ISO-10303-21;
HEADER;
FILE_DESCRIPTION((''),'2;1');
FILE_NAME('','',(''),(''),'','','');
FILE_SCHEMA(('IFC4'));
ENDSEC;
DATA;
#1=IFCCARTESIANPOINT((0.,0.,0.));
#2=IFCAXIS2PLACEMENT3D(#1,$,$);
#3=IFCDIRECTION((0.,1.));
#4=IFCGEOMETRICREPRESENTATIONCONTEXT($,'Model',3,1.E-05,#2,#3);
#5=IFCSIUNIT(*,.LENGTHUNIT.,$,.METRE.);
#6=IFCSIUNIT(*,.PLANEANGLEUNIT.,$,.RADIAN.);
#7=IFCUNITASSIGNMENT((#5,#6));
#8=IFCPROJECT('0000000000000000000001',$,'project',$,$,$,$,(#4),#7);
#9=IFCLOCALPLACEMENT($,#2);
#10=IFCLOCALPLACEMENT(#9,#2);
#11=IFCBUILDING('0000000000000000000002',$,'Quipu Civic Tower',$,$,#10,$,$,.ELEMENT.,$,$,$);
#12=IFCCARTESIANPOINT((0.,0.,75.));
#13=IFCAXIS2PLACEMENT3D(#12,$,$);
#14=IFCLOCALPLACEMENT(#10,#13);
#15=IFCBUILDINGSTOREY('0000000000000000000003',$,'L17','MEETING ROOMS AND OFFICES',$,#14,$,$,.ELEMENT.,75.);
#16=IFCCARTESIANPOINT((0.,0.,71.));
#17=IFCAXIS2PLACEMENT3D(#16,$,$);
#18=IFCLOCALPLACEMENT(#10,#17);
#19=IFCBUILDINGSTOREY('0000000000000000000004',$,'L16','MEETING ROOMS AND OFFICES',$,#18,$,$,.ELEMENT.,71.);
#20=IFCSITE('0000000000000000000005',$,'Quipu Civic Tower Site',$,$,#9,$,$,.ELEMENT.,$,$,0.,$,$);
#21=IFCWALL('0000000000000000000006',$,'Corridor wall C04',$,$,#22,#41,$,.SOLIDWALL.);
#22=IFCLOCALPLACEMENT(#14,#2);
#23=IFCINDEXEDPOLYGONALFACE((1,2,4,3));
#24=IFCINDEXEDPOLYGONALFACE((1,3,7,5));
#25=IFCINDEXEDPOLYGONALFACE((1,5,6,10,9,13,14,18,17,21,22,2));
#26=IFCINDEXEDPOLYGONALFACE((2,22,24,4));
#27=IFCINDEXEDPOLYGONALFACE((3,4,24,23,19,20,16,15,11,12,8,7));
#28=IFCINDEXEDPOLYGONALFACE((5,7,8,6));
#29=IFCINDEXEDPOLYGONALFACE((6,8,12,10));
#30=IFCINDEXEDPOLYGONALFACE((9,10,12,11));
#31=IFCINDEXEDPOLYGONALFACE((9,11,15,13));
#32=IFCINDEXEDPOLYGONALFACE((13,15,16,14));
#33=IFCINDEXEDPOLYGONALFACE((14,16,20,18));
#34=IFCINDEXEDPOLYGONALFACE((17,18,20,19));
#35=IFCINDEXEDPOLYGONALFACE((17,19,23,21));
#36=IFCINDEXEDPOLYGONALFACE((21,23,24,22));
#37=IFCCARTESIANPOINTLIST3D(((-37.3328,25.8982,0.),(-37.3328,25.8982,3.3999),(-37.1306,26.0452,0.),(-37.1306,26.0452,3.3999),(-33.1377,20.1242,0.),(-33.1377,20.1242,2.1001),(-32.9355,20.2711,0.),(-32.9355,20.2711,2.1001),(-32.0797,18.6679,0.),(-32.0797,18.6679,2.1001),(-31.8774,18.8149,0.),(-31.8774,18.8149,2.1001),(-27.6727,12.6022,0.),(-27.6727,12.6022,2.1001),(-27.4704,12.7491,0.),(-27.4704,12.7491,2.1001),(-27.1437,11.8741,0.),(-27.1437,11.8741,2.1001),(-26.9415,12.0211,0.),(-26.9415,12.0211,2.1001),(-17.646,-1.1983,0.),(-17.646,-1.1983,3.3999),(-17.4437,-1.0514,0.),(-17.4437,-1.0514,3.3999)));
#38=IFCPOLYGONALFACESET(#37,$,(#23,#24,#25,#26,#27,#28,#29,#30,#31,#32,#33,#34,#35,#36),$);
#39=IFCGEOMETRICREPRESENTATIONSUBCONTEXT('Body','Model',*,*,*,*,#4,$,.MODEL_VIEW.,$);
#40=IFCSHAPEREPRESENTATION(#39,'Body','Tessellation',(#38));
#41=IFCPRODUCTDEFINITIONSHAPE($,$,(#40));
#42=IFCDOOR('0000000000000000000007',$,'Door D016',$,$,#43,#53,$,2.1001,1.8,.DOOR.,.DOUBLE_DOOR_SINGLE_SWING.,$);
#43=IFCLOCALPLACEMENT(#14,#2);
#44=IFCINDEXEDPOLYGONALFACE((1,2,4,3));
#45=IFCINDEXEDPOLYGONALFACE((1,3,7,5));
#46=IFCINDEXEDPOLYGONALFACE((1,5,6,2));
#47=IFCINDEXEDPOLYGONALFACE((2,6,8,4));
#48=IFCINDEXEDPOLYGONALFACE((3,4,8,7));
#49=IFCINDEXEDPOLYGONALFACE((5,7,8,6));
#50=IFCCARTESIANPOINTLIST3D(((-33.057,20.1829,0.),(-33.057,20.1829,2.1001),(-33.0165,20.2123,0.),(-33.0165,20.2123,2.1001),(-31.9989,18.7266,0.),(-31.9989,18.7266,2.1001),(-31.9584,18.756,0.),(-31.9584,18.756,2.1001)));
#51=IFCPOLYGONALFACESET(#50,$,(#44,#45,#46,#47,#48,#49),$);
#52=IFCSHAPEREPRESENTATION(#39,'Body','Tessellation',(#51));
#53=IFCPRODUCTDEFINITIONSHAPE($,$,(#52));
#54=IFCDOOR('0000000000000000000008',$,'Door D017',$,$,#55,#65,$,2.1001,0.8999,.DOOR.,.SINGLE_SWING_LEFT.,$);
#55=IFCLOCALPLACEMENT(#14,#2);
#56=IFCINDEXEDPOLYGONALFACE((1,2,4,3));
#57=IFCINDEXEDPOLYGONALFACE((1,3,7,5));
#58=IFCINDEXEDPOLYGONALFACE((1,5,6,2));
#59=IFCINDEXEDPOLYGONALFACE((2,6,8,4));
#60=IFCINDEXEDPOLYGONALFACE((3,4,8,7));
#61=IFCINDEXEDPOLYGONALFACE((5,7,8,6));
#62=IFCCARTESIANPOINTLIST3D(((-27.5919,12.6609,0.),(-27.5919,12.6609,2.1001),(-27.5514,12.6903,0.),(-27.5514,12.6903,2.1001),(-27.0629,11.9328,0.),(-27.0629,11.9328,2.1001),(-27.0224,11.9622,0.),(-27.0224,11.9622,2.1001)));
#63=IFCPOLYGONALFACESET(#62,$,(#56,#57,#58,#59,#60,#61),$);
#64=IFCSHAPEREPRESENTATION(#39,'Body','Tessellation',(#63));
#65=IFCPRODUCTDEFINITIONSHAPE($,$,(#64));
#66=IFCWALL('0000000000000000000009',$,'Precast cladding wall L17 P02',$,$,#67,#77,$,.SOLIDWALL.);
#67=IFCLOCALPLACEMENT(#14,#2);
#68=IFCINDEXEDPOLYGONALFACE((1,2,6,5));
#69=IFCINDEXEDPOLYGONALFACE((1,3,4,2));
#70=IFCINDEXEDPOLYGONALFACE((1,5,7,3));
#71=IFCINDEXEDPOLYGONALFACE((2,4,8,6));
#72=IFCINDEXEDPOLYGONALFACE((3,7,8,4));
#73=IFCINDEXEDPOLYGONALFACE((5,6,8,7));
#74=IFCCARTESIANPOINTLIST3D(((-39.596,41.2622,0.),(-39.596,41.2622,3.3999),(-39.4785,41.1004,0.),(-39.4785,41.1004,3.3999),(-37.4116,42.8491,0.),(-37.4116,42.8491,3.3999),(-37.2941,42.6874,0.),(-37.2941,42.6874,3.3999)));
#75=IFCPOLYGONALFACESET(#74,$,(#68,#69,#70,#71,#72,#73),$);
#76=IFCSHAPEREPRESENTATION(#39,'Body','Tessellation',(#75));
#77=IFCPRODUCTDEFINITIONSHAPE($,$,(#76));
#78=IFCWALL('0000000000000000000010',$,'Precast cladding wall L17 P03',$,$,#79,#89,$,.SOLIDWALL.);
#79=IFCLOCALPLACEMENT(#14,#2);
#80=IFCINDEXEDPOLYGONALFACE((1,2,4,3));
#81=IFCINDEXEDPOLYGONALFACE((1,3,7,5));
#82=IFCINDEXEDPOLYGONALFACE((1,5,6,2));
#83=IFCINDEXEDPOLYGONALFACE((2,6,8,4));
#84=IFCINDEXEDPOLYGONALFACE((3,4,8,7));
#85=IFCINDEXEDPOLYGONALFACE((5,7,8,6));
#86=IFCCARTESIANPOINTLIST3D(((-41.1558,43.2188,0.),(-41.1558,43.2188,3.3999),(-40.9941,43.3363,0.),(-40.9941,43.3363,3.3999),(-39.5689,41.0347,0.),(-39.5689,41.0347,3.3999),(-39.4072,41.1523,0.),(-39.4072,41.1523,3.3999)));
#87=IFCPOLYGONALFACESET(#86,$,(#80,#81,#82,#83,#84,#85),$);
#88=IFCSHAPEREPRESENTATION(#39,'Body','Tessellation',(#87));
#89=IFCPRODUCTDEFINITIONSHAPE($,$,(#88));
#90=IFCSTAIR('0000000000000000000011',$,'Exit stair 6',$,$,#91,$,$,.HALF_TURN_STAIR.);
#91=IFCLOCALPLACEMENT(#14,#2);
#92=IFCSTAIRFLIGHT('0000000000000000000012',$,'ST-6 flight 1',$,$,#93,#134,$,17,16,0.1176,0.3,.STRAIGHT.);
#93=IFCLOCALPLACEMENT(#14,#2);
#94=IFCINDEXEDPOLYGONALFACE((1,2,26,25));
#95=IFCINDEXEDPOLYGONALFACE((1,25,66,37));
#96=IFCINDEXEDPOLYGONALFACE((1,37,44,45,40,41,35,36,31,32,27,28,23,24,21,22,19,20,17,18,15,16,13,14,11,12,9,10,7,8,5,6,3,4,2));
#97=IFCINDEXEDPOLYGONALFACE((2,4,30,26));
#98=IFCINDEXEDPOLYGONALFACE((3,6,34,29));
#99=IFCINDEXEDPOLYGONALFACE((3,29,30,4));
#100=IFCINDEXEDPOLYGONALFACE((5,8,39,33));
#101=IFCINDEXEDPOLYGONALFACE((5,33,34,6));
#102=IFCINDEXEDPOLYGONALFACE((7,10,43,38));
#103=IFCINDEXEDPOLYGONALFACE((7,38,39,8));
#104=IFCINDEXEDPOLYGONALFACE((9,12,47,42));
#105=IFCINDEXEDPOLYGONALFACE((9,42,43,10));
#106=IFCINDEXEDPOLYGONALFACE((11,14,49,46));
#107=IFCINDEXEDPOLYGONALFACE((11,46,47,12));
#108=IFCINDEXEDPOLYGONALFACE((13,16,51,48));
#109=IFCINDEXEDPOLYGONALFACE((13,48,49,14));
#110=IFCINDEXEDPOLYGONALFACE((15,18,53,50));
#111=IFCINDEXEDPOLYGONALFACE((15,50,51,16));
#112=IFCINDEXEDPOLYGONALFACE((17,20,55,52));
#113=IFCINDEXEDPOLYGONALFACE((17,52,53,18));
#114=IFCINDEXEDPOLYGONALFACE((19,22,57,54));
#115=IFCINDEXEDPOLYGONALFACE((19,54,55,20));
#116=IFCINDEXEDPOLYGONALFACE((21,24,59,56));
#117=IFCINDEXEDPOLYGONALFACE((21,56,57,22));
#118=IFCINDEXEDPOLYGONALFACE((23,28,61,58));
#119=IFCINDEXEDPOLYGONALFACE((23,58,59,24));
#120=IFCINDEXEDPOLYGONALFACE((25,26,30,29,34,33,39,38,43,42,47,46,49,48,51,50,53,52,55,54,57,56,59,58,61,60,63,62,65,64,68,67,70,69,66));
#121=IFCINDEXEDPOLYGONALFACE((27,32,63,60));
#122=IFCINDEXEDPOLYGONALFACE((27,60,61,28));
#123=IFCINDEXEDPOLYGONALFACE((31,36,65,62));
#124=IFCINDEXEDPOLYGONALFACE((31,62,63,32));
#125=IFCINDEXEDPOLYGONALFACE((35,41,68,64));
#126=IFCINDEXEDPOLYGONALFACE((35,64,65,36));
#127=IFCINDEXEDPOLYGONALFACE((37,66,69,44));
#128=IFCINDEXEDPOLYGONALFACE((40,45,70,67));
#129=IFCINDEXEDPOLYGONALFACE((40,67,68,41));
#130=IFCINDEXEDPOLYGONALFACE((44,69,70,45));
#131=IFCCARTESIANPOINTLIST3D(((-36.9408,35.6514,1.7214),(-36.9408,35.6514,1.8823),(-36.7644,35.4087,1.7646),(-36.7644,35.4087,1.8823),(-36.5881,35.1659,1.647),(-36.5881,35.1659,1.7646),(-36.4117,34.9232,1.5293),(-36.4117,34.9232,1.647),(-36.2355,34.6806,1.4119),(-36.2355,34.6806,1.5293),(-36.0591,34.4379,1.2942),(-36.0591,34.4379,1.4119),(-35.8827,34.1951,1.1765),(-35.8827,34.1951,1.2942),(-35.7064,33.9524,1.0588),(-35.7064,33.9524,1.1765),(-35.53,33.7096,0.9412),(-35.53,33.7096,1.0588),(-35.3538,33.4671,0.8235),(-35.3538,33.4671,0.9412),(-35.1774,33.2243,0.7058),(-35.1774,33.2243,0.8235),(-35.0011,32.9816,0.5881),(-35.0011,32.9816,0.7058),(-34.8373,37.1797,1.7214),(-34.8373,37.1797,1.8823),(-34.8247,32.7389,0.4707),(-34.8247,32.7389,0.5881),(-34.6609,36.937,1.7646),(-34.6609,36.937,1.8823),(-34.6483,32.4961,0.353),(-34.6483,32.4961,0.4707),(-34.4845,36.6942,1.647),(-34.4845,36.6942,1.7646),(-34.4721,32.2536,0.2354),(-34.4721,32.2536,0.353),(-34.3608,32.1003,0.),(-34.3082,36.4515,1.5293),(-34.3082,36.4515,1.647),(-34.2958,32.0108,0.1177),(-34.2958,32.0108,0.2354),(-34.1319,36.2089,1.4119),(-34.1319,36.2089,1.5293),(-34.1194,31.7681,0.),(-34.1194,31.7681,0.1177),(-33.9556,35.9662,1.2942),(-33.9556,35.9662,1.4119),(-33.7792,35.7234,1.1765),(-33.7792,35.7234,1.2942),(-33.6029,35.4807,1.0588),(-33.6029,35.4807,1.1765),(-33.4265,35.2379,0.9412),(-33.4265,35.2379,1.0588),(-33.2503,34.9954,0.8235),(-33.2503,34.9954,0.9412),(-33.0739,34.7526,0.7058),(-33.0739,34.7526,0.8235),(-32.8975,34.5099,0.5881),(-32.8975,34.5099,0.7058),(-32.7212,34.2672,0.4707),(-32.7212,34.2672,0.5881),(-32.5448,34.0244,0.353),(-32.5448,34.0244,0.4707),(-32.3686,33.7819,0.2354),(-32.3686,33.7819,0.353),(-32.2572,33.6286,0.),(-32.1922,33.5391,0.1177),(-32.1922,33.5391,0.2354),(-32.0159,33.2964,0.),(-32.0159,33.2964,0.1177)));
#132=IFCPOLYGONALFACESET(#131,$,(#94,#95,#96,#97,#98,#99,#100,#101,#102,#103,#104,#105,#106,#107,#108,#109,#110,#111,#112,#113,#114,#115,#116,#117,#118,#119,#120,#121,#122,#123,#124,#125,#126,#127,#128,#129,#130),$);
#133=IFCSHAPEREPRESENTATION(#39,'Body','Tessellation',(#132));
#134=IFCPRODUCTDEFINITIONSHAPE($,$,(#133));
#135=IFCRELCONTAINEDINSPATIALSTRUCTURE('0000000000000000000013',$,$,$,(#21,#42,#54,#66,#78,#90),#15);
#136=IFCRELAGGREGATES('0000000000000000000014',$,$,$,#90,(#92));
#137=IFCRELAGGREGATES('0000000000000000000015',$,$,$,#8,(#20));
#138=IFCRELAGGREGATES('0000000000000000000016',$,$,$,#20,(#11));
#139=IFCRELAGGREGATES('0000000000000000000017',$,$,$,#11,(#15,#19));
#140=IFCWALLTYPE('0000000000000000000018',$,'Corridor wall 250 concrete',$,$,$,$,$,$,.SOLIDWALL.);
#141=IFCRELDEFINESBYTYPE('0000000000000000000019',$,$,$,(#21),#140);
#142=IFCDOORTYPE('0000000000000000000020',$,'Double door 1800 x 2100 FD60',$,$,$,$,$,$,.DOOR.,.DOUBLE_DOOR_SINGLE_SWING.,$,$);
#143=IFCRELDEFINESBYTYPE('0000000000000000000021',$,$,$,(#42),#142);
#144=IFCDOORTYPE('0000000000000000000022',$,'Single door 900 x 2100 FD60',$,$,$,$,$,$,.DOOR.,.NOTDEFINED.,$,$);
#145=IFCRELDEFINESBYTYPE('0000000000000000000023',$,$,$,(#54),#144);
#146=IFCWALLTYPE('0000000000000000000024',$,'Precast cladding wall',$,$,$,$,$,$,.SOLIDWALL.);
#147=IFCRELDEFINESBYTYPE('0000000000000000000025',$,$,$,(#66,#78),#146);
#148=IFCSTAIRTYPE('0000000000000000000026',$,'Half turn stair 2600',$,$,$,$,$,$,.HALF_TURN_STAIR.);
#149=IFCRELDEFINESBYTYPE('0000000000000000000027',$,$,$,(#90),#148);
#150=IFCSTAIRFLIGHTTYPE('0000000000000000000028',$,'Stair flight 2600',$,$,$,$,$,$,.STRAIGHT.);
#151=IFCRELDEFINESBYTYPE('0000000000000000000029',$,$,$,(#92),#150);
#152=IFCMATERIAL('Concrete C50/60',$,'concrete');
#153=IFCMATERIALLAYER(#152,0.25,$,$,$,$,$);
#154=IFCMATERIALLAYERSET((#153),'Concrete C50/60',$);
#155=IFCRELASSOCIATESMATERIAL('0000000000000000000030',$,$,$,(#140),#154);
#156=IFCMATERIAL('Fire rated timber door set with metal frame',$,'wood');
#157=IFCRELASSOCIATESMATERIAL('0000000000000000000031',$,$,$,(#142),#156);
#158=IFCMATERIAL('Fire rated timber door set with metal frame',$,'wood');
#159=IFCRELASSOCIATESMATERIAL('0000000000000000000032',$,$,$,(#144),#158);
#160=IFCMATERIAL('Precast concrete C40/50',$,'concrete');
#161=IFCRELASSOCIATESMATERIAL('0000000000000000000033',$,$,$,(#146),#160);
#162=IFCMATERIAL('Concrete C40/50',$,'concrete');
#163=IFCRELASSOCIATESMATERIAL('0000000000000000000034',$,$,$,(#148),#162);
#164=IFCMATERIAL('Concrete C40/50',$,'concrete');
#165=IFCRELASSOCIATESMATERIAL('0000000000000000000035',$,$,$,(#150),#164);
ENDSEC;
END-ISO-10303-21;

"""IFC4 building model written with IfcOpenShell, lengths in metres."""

from ifc_helpers import new_model, si_unit, direction, frame, frame_2d, origin, place, context, subcontext, project, spatial, polyline, rectangle, outline, extrude, material, layer, layer_set, type_object, element, fill, aggregate, save


model = new_model("IFC4")

# Units and contexts
model_context = context("Model", 3, precision=1e-05, world=origin(), true_north=direction((0.0, 1.0)))
body_context = subcontext(model_context, "Body", "Model", "MODEL_VIEW")
ifc_project = project(units=[si_unit("LENGTHUNIT", "METRE"), si_unit("PLANEANGLEUNIT", "RADIAN")], contexts=[model_context])

# Site, building, storey
site_placement = place(None, origin())
site = spatial("IfcSite", under=ifc_project, at=site_placement, Name="Quipu Civic Tower Site", CompositionType="ELEMENT", RefElevation=0.0)
building_placement = place(site_placement, origin())
building = spatial("IfcBuilding", under=site, at=building_placement, Name="Quipu Civic Tower", CompositionType="ELEMENT")
storey_1_placement = place(building_placement, frame((0.0, 0.0, 75.0)))
storey_1 = spatial("IfcBuildingStorey", under=building, at=storey_1_placement, Name="L17", Description="MEETING ROOMS AND OFFICES", CompositionType="ELEMENT", Elevation=75.0)

# Shared definitions
storey_2_placement = place(building_placement, frame((0.0, 0.0, 71.0)))
storey_2 = spatial("IfcBuildingStorey", under=building, at=storey_2_placement, Name="L16", Description="MEETING ROOMS AND OFFICES", CompositionType="ELEMENT", Elevation=71.0)

# Wall, openings, doors
ifc_material_1 = material(Name="Concrete C50/60", Category="concrete")
ifc_layer_1 = layer(ifc_material_1, 0.25)
ifc_layer_set_1 = layer_set([ifc_layer_1], Name="Concrete C50/60")
wall_type_1 = type_object("IfcWallType", Name="Corridor wall 250 concrete", PredefinedType="SOLIDWALL", material=ifc_layer_set_1)
wall_1_placement = place(storey_1_placement, frame((-37.2317, 25.9717, 0.0), z_axis=(0.0, 0.0, 1.0), x_axis=(0.587786, -0.809016, 0.0)))
wall_1 = element("IfcWall", 1, at=wall_1_placement, inside=storey_1, type_object=wall_type_1, Name="Corridor wall C04", PredefinedType="SOLIDWALL", context=body_context, shape_type="SweptSolid", body=[
    extrude(rectangle(XDim=33.4932, YDim=0.25, at=frame_2d((16.7466, 0.0))), origin(), (0.0, 0.0, 1.0), 3.3999),
])
opening_1_placement = place(wall_1_placement, frame((16.4348, 0.0, 0.0)))
opening_1 = element("IfcOpeningElement", 2, at=opening_1_placement, cuts=wall_1, PredefinedType="OPENING", context=body_context, shape_type="SweptSolid", body=[
    extrude(rectangle(XDim=0.8999, YDim=2.1001, at=frame_2d((0.45, 1.05))), frame((0.0, 0.135, 0.0), z_axis=(0.0, -1.0, 0.0), x_axis=(1.0, 0.0, 0.0)), (0.0, 0.0, 1.0), 0.27),
])
opening_2_placement = place(wall_1_placement, frame((7.1372, 0.0, 0.0)))
opening_2 = element("IfcOpeningElement", 3, at=opening_2_placement, cuts=wall_1, PredefinedType="OPENING", context=body_context, shape_type="SweptSolid", body=[
    extrude(rectangle(XDim=1.8, YDim=2.1001, at=frame_2d((0.8999, 1.05))), frame((0.0, 0.135, 0.0), z_axis=(0.0, -1.0, 0.0), x_axis=(1.0, 0.0, 0.0)), (0.0, 0.0, 1.0), 0.27),
])
ifc_material_2 = material(Name="Fire rated timber door set with metal frame", Category="wood")
door_type_1 = type_object("IfcDoorType", Name="Double door 1800 x 2100 FD60", OperationType="DOUBLE_DOOR_SINGLE_SWING", PredefinedType="DOOR", material=ifc_material_2)
door_1_placement = place(opening_2_placement, origin())
door_1 = element("IfcDoor", 4, at=door_1_placement, inside=storey_1, type_object=door_type_1, Name="Door D016", OperationType="DOUBLE_DOOR_SINGLE_SWING", OverallHeight=2.1001, OverallWidth=1.8, PredefinedType="DOOR", context=body_context, shape_type="SweptSolid", body=[
    extrude(rectangle(XDim=1.8, YDim=2.1001, at=frame_2d((0.8999, 1.05))), frame((0.0, 0.0249, 0.0), z_axis=(0.0, -1.0, 0.0), x_axis=(1.0, 0.0, 0.0)), (0.0, 0.0, 1.0), 0.05),
])
fill(opening_2, door_1)
ifc_material_3 = material(Name="Fire rated timber door set with metal frame", Category="wood")
door_type_2 = type_object("IfcDoorType", Name="Single door 900 x 2100 FD60", OperationType="NOTDEFINED", PredefinedType="DOOR", material=ifc_material_3)
door_2_placement = place(opening_1_placement, origin())
door_2 = element("IfcDoor", 5, at=door_2_placement, inside=storey_1, type_object=door_type_2, Name="Door D017", OperationType="SINGLE_SWING_LEFT", OverallHeight=2.1001, OverallWidth=0.8999, PredefinedType="DOOR", context=body_context, shape_type="SweptSolid", body=[
    extrude(rectangle(XDim=0.8999, YDim=2.1001, at=frame_2d((0.45, 1.05))), frame((0.0, 0.0249, 0.0), z_axis=(0.0, -1.0, 0.0), x_axis=(1.0, 0.0, 0.0)), (0.0, 0.0, 1.0), 0.05),
])
fill(opening_1, door_2)

# Walls
ifc_material_4 = material(Name="Precast concrete C40/50", Category="concrete")
wall_type_2 = type_object("IfcWallType", Name="Precast cladding wall", PredefinedType="SOLIDWALL", material=ifc_material_4)
wall_2_placement = place(storey_1_placement, frame((-37.3528, 42.7683, 0.0), z_axis=(0.0, 0.0, 1.0), x_axis=(-0.809033, -0.587763, 0.0)))
element("IfcWall", 6, at=wall_2_placement, inside=storey_1, type_object=wall_type_2, Name="Precast cladding wall L17 P02", PredefinedType="SOLIDWALL", context=body_context, shape_type="SweptSolid", body=[
    extrude(rectangle(XDim=2.7, YDim=0.2, at=frame_2d((1.3501, 0.0))), origin(), (0.0, 0.0, 1.0), 3.3999),
])
wall_3_placement = place(storey_1_placement, frame((-39.488, 41.0935, 0.0), z_axis=(0.0, 0.0, 1.0), x_axis=(-0.587806, 0.809002, 0.0)))
element("IfcWall", 7, at=wall_3_placement, inside=storey_1, type_object=wall_type_2, Name="Precast cladding wall L17 P03", PredefinedType="SOLIDWALL", context=body_context, shape_type="SweptSolid", body=[
    extrude(rectangle(XDim=2.6997, YDim=0.2, at=frame_2d((1.3499, 0.0))), origin(), (0.0, 0.0, 1.0), 3.3999),
])

# Stair, stair flight
ifc_material_5 = material(Name="Concrete C40/50", Category="concrete")
stair_type = type_object("IfcStairType", Name="Half turn stair 2600", PredefinedType="HALF_TURN_STAIR", material=ifc_material_5)
stair_placement = place(storey_1_placement, origin())
stair = element("IfcStair", 8, at=stair_placement, inside=storey_1, type_object=stair_type, Name="Exit stair 6", PredefinedType="HALF_TURN_STAIR")
ifc_material_6 = material(Name="Concrete C40/50", Category="concrete")
stair_flight_type = type_object("IfcStairFlightType", Name="Stair flight 2600", PredefinedType="STRAIGHT", material=ifc_material_6)
stair_flight_1_placement = place(storey_1_placement, frame((-33.0676, 32.5322, 0.0), z_axis=(0.0, 0.0, 1.0), x_axis=(-0.587785, 0.809017, 0.0)))
stair_flight_1 = element("IfcStairFlight", 9, at=stair_flight_1_placement, type_object=stair_flight_type, Name="ST-6 flight 1", NumberOfRisers=17, NumberOfTreads=16, PredefinedType="STRAIGHT", RiserHeight=0.1176, TreadLength=0.3, context=body_context, shape_type="SweptSolid", body=[
    extrude(outline(polyline([(0.0, 0.0), (0.0, 0.1177), (0.3, 0.1177), (0.3, 0.2354), (0.6001, 0.2354), (0.6001, 0.353), (0.8999, 0.353), (0.8999, 0.4707), (1.2, 0.4707), (1.2, 0.5881), (1.5, 0.5881), (1.5, 0.7058), (1.8, 0.7058), (1.8, 0.8235), (2.1001, 0.8235), (2.1001, 0.9412), (2.3999, 0.9412), (2.3999, 1.0588), (2.7, 1.0588), (2.7, 1.1765), (3.0, 1.1765), (3.0, 1.2942), (3.3, 1.2942), (3.3, 1.4119), (3.6001, 1.4119), (3.6001, 1.5293), (3.8999, 1.5293), (3.8999, 1.647), (4.2, 1.647), (4.2, 1.7646), (4.5, 1.7646), (4.5, 1.8823), (4.8, 1.8823), (4.8, 2.0), (4.8, 1.7214), (0.4106, 0.0), (0.0, 0.0)])), frame((0.0, 1.3, 0.0), z_axis=(0.0, -1.0, 0.0), x_axis=(1.0, 0.0, 0.0)), (0.0, 0.0, 1.0), 2.6001),
])
aggregate(stair, [stair_flight_1])

save(model, "model.ifc")
